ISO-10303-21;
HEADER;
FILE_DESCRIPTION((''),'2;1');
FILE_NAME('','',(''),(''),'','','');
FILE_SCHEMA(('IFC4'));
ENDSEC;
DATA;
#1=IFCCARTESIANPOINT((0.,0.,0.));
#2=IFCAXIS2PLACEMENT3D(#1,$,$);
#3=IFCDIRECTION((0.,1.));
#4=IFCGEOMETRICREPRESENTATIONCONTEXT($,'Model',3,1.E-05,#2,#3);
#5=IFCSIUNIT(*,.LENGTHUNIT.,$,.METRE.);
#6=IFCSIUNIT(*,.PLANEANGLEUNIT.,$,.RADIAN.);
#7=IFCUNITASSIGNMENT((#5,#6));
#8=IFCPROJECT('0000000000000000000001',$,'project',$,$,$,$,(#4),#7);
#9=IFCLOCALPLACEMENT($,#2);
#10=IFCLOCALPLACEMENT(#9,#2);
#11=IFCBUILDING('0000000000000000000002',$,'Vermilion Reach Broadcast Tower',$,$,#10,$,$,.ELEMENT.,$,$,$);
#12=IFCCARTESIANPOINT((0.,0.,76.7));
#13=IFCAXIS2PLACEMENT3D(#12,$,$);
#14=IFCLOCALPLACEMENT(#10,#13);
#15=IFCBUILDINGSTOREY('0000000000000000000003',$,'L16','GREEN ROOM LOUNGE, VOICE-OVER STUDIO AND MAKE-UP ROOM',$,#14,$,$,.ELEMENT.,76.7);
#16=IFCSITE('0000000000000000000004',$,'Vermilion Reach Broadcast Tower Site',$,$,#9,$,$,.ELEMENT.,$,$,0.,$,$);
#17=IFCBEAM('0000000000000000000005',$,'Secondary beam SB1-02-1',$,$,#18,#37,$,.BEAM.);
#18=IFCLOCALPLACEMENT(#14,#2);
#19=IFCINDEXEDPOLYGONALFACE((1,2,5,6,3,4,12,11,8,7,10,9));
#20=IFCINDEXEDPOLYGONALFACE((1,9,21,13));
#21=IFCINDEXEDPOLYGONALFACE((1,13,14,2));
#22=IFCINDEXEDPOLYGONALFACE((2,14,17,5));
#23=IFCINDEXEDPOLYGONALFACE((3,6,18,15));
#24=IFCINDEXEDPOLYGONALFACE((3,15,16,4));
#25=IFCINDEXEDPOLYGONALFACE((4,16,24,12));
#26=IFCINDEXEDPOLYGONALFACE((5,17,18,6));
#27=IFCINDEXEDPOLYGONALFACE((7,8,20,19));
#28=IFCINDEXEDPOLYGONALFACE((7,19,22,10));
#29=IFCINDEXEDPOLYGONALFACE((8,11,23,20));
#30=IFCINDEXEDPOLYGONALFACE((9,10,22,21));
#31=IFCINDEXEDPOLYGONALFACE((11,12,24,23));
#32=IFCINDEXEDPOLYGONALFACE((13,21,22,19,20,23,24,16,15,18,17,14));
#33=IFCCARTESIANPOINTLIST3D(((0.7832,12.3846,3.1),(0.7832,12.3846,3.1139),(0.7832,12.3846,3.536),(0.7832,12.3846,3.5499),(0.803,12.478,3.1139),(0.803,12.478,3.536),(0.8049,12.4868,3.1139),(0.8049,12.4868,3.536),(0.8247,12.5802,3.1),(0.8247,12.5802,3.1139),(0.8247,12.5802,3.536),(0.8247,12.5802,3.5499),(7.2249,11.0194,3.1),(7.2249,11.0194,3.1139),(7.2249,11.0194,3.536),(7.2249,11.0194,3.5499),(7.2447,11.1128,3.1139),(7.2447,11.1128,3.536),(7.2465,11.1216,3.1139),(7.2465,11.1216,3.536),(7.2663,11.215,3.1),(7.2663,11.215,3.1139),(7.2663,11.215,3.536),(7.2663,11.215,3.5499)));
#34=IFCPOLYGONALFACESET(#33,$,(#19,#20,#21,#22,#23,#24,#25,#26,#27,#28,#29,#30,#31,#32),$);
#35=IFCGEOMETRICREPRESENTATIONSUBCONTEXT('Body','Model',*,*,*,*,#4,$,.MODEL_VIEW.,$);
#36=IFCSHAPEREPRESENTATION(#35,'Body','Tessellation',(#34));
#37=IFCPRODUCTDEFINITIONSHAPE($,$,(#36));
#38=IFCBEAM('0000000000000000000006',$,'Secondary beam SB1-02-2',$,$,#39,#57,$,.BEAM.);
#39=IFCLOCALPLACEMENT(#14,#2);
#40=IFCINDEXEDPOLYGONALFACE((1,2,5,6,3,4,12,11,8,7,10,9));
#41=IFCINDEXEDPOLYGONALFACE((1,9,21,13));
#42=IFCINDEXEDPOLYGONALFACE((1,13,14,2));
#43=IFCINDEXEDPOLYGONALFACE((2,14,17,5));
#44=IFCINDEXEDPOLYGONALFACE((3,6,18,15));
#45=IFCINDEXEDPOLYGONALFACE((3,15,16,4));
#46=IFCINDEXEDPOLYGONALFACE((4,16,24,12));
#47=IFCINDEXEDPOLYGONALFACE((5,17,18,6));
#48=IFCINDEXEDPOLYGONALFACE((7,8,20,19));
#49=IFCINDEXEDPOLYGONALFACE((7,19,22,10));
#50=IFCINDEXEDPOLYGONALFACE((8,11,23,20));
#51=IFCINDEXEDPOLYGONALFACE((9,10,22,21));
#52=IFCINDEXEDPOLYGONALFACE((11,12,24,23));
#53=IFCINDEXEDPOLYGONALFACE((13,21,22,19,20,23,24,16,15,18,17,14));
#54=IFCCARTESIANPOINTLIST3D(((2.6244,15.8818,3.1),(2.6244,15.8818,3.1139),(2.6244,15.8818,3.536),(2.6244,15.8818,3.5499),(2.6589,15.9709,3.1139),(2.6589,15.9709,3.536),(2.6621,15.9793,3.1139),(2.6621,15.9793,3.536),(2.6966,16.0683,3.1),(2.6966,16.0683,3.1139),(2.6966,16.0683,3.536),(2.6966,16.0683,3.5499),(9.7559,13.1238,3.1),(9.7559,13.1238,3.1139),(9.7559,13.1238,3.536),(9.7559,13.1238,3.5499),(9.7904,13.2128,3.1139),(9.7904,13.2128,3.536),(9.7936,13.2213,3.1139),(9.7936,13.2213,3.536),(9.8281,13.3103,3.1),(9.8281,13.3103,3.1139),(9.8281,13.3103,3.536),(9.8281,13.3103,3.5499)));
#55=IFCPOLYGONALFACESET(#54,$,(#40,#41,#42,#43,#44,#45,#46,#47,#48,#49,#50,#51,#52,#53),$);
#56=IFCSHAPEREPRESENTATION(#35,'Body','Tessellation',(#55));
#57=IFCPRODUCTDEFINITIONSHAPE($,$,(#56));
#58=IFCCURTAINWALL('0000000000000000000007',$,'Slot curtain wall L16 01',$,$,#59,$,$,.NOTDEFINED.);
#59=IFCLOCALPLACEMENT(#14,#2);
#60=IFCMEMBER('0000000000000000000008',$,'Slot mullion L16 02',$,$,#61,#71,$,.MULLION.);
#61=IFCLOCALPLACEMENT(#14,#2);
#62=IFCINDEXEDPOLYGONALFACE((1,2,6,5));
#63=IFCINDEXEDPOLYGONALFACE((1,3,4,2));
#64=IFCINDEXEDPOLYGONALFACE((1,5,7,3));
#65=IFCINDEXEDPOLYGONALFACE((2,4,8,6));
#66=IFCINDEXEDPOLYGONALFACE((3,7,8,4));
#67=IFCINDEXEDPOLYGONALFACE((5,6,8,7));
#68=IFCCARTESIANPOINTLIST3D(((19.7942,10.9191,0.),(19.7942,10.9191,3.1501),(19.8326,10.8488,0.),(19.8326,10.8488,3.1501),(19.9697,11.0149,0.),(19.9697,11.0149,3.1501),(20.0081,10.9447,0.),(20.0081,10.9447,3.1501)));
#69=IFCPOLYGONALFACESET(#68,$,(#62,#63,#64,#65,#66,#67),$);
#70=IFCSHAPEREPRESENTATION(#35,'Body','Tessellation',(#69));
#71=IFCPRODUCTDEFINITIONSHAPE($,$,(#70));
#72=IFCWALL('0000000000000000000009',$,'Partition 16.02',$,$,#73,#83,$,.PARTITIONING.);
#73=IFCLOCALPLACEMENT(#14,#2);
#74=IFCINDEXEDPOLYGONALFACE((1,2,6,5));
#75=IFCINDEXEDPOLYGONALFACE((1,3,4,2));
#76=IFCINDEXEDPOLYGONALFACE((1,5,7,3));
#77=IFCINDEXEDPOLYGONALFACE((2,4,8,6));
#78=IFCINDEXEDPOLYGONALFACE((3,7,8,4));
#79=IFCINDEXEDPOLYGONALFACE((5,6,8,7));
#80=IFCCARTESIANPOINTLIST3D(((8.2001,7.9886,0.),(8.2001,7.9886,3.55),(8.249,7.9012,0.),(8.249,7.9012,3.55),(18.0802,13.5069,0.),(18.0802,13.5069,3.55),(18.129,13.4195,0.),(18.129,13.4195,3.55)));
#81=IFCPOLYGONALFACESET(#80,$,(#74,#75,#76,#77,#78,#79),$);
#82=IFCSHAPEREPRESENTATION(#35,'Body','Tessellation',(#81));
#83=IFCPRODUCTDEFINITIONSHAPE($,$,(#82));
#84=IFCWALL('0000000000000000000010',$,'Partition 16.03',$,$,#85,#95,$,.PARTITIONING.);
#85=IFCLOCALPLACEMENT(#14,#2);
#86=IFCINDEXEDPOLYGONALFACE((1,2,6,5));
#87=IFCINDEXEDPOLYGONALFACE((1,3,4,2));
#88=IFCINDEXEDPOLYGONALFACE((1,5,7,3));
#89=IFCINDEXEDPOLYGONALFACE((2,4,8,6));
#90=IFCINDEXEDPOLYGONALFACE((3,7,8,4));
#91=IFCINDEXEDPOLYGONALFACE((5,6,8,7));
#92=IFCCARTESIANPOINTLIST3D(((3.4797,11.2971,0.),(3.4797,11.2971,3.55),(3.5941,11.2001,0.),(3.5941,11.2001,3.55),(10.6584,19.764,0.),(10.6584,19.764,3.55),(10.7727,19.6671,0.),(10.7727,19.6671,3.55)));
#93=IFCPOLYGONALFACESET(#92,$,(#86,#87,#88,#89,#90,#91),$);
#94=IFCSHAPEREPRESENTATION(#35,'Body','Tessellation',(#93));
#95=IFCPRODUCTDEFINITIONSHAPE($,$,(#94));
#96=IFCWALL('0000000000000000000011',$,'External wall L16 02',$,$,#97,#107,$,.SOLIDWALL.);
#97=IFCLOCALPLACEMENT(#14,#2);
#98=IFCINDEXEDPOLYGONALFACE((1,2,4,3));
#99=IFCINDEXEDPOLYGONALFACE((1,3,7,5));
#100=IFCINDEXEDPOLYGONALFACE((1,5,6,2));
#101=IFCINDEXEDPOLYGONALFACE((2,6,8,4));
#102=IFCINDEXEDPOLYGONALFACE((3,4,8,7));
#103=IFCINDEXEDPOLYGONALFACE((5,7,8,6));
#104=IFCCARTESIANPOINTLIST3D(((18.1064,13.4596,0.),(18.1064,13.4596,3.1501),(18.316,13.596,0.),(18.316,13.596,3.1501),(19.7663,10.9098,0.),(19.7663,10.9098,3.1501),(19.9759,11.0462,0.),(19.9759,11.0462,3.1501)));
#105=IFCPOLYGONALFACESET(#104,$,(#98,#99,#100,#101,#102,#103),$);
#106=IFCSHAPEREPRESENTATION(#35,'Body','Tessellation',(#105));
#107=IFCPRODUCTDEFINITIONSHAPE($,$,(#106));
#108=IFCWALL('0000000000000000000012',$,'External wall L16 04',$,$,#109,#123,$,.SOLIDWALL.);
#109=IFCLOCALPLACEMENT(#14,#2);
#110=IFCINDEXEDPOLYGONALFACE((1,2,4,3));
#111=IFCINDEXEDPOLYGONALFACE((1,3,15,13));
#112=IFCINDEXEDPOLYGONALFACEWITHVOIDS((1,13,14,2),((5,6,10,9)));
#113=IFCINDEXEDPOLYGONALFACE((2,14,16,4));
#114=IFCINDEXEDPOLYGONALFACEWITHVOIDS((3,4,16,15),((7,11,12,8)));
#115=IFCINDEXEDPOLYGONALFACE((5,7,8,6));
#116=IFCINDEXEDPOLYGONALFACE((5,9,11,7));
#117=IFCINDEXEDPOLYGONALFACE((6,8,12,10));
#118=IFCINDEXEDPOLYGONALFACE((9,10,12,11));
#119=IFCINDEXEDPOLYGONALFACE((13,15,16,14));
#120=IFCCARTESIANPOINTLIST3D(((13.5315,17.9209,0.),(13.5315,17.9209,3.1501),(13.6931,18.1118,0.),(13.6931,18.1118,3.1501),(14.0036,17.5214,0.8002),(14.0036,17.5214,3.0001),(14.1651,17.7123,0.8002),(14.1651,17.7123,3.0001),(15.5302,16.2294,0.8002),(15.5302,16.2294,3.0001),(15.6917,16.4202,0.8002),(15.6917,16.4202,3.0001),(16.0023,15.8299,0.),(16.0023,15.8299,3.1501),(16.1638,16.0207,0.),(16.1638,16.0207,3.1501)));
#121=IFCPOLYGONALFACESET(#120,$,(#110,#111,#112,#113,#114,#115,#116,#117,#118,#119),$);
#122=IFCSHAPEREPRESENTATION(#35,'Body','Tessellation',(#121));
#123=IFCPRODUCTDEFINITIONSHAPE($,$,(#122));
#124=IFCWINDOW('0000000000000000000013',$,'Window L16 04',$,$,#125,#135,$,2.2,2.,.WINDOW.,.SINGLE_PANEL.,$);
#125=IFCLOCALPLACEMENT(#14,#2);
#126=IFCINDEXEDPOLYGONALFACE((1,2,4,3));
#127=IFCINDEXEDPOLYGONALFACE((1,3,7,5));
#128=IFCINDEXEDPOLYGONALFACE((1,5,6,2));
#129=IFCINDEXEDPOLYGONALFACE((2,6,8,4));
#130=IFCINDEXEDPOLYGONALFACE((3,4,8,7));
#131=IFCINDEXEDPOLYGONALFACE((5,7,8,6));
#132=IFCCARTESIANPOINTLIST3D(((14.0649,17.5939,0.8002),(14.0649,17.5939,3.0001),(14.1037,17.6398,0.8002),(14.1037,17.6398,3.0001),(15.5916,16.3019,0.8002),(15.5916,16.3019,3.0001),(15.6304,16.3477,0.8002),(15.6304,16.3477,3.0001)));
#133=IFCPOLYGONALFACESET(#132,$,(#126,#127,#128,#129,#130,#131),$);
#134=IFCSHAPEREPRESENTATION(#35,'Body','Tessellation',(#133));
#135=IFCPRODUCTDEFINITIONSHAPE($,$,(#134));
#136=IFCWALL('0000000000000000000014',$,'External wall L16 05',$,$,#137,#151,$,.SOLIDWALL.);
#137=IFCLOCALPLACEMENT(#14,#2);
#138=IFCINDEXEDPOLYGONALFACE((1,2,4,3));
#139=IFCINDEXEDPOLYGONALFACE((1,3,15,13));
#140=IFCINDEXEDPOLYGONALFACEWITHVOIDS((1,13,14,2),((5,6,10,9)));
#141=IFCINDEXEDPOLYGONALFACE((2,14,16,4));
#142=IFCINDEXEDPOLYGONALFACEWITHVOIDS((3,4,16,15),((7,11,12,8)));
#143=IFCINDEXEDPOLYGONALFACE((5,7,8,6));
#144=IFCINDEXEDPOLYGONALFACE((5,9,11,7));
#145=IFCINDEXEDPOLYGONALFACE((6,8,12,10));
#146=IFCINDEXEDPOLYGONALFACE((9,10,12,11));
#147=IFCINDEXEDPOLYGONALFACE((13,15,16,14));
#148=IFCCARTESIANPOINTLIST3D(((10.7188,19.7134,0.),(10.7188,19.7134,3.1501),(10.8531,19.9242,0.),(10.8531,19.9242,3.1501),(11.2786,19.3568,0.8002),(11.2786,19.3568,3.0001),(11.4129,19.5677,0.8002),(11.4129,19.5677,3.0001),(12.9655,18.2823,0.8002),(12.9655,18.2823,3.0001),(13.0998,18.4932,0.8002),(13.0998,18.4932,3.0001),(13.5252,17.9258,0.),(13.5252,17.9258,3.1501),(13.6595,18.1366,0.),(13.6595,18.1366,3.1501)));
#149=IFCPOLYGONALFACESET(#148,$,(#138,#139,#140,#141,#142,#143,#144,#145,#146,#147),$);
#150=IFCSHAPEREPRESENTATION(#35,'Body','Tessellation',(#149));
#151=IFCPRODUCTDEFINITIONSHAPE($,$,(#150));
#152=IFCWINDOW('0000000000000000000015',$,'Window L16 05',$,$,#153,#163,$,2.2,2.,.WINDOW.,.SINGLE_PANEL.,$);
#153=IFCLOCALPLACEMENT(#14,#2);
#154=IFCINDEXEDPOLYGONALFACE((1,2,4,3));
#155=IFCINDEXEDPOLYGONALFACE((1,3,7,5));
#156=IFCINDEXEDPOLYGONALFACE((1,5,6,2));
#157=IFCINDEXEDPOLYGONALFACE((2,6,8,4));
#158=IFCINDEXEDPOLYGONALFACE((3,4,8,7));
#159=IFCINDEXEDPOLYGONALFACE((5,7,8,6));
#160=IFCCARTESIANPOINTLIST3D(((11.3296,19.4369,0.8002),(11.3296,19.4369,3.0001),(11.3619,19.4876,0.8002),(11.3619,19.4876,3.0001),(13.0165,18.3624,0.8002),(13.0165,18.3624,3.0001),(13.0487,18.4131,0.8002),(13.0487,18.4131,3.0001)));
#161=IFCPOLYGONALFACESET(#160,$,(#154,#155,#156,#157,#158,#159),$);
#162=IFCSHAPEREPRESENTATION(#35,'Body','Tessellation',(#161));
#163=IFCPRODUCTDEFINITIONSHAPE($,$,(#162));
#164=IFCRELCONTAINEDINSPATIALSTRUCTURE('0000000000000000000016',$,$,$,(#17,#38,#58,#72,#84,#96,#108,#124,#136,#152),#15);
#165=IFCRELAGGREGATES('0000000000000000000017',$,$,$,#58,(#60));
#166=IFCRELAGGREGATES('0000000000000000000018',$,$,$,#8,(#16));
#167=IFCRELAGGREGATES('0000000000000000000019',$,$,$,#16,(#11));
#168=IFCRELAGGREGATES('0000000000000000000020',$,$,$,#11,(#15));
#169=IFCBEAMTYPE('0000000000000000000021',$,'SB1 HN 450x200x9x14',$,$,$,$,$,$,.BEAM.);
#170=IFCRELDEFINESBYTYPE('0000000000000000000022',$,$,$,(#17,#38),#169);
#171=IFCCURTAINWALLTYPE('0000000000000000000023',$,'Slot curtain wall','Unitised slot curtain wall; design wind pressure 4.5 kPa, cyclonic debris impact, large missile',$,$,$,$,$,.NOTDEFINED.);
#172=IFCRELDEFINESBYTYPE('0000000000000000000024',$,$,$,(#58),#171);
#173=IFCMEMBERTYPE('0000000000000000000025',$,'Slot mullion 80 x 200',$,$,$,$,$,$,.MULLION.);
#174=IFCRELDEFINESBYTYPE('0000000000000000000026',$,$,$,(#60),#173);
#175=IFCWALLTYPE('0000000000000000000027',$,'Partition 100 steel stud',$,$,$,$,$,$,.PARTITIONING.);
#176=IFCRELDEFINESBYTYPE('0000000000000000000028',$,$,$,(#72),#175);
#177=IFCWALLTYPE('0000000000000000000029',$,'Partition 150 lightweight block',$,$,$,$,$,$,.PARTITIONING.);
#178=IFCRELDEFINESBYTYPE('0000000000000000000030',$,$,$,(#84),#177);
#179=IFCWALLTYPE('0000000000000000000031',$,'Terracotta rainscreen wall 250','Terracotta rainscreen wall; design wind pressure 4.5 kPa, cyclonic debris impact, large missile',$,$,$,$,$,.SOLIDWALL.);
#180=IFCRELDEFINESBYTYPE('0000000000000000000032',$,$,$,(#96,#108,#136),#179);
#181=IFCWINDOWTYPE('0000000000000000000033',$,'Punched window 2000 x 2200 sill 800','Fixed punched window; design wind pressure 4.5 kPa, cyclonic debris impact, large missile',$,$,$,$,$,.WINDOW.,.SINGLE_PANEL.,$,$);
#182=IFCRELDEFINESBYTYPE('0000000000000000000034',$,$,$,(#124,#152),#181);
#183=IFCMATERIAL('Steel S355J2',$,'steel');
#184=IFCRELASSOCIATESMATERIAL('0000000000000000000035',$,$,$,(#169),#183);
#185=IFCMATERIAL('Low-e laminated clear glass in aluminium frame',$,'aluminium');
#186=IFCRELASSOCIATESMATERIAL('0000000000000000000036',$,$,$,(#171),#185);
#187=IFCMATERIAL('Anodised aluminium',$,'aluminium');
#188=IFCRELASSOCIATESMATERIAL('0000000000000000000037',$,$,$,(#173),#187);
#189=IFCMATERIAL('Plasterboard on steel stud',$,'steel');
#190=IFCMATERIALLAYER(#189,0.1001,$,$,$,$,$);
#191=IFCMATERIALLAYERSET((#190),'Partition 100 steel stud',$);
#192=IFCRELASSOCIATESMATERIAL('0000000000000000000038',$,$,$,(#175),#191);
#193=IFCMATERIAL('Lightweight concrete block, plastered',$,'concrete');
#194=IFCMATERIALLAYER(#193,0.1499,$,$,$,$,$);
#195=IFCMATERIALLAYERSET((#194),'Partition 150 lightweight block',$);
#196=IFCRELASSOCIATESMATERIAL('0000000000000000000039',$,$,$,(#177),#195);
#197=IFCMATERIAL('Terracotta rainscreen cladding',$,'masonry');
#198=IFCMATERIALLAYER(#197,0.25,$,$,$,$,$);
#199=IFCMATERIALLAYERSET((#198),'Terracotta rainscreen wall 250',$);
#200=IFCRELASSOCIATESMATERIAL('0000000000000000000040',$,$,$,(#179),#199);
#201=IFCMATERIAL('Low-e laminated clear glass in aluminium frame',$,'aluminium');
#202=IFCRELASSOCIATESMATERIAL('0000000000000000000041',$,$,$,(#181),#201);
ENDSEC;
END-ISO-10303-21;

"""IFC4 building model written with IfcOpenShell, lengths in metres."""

from ifc_helpers import new_model, si_unit, direction, frame, frame_2d, origin, origin_2d, place, context, subcontext, project, spatial, rectangle, i_section, extrude, material, layer, layer_set, material_profile, profile_set, type_object, element, fill, aggregate, save


model = new_model("IFC4")

# Units and contexts
model_context = context("Model", 3, precision=1e-05, world=origin(), true_north=direction((0.0, 1.0)))
body_context = subcontext(model_context, "Body", "Model", "MODEL_VIEW")
ifc_project = project(units=[si_unit("LENGTHUNIT", "METRE"), si_unit("PLANEANGLEUNIT", "RADIAN")], contexts=[model_context])

# Site, building, storey
site_placement = place(None, origin())
site = spatial("IfcSite", under=ifc_project, at=site_placement, Name="Vermilion Reach Broadcast Tower Site", CompositionType="ELEMENT", RefElevation=0.0)
building_placement = place(site_placement, origin())
building = spatial("IfcBuilding", under=site, at=building_placement, Name="Vermilion Reach Broadcast Tower", CompositionType="ELEMENT")
storey_placement = place(building_placement, frame((0.0, 0.0, 76.7)))
storey = spatial("IfcBuildingStorey", under=building, at=storey_placement, Name="L16", Description="GREEN ROOM LOUNGE, VOICE-OVER STUDIO AND MAKE-UP ROOM", CompositionType="ELEMENT", Elevation=76.7)

# Beams
ifc_material_1 = material(Name="Steel S355J2", Category="steel")
ifc_material_profile_1 = material_profile(ifc_material_1, i_section(OverallWidth=0.2, OverallDepth=0.45, WebThickness=0.009, FlangeThickness=0.0139, at=origin_2d()), Name="S355J2 HN 450x200x9x14")
ifc_profile_set_1 = profile_set([ifc_material_profile_1], Name="Steel S355J2")
beam_type_1 = type_object("IfcBeamType", Name="SB1 HN 450x200x9x14", PredefinedType="BEAM", material=ifc_profile_set_1)
beam_1_placement = place(storey_placement, frame((7.2456, 11.1172, 3.325), z_axis=(-0.97827, 0.207333, 0.0), x_axis=(-0.207333, -0.97827, 0.0)))
element("IfcBeam", 1, at=beam_1_placement, inside=storey, type_object=beam_type_1, Name="Secondary beam SB1-02-1", PredefinedType="BEAM", context=body_context, shape_type="SweptSolid", body=[
    extrude(i_section(OverallWidth=0.2, OverallDepth=0.45, WebThickness=0.009, FlangeThickness=0.0139, at=origin_2d()), origin(), (0.0, 0.0, 1.0), 6.5847),
])
beam_2_placement = place(storey_placement, frame((9.792, 13.217, 3.325), z_axis=(-0.932681, 0.360703, 0.0), x_axis=(-0.360703, -0.932681, 0.0)))
element("IfcBeam", 2, at=beam_2_placement, inside=storey, type_object=beam_type_1, Name="Secondary beam SB1-02-2", PredefinedType="BEAM", context=body_context, shape_type="SweptSolid", body=[
    extrude(i_section(OverallWidth=0.2, OverallDepth=0.45, WebThickness=0.009, FlangeThickness=0.0139, at=origin_2d()), origin(), (0.0, 0.0, 1.0), 7.6462),
])

# Curtain wall, member
ifc_material_2 = material(Name="Low-e laminated clear glass in aluminium frame", Category="aluminium")
curtain_wall_type = type_object("IfcCurtainWallType", Name="Slot curtain wall", Description="Unitised slot curtain wall; design wind pressure 4.5 kPa, cyclonic debris impact, large missile", PredefinedType="NOTDEFINED", material=ifc_material_2)
curtain_wall_placement = place(storey_placement, origin())
curtain_wall = element("IfcCurtainWall", 3, at=curtain_wall_placement, inside=storey, type_object=curtain_wall_type, Name="Slot curtain wall L16 01", PredefinedType="NOTDEFINED")
ifc_material_3 = material(Name="Anodised aluminium", Category="aluminium")
ifc_material_profile_2 = material_profile(ifc_material_3, rectangle(XDim=0.2, YDim=0.0801, at=origin_2d()), Name="Slot mullion 80 x 200")
ifc_profile_set_2 = profile_set([ifc_material_profile_2], Name="Anodised aluminium")
member_type = type_object("IfcMemberType", Name="Slot mullion 80 x 200", PredefinedType="MULLION", material=ifc_profile_set_2)
member_placement = place(storey_placement, frame((19.9011, 10.9319, 0.0), z_axis=(0.0, 0.0, 1.0), x_axis=(-0.877704, -0.479204, 0.0)))
member = element("IfcMember", 4, at=member_placement, type_object=member_type, Name="Slot mullion L16 02", PredefinedType="MULLION", context=body_context, shape_type="SweptSolid", body=[
    extrude(rectangle(XDim=0.2, YDim=0.0801, at=origin_2d()), origin(), (0.0, 0.0, 1.0), 3.1501),
])
aggregate(curtain_wall, [member])

# Walls
ifc_material_4 = material(Name="Plasterboard on steel stud", Category="steel")
ifc_layer_1 = layer(ifc_material_4, 0.1001)
ifc_layer_set_1 = layer_set([ifc_layer_1], Name="Partition 100 steel stud")
wall_type_1 = type_object("IfcWallType", Name="Partition 100 steel stud", PredefinedType="PARTITIONING", material=ifc_layer_set_1)
wall_1_placement = place(storey_placement, frame((18.1045, 13.4631, 0.0), z_axis=(0.0, 0.0, 1.0), x_axis=(-0.873054, -0.487624, 0.0)))
element("IfcWall", 5, at=wall_1_placement, inside=storey, type_object=wall_type_1, Name="Partition 16.02", PredefinedType="PARTITIONING", context=body_context, shape_type="SweptSolid", body=[
    extrude(rectangle(XDim=11.3167, YDim=0.1001, at=frame_2d((5.6582, 0.0))), origin(), (0.0, 0.0, 1.0), 3.55),
])
ifc_material_5 = material(Name="Lightweight concrete block, plastered", Category="concrete")
ifc_layer_2 = layer(ifc_material_5, 0.1499)
ifc_layer_set_2 = layer_set([ifc_layer_2], Name="Partition 150 lightweight block")
wall_type_2 = type_object("IfcWallType", Name="Partition 150 lightweight block", PredefinedType="PARTITIONING", material=ifc_layer_set_2)
wall_2_placement = place(storey_placement, frame((10.7156, 19.7156, 0.0), z_axis=(0.0, 0.0, 1.0), x_axis=(-0.646692, -0.762751, 0.0)))
element("IfcWall", 6, at=wall_2_placement, inside=storey, type_object=wall_type_2, Name="Partition 16.03", PredefinedType="PARTITIONING", context=body_context, shape_type="SweptSolid", body=[
    extrude(rectangle(XDim=11.1006, YDim=0.1499, at=frame_2d((5.5503, 0.0))), origin(), (0.0, 0.0, 1.0), 3.55),
])
ifc_material_6 = material(Name="Terracotta rainscreen cladding", Category="masonry")
ifc_layer_3 = layer(ifc_material_6, 0.25)
ifc_layer_set_3 = layer_set([ifc_layer_3], Name="Terracotta rainscreen wall 250")
wall_type_3 = type_object("IfcWallType", Name="Terracotta rainscreen wall 250", Description="Terracotta rainscreen wall; design wind pressure 4.5 kPa, cyclonic debris impact, large missile", PredefinedType="SOLIDWALL", material=ifc_layer_set_3)
wall_3_placement = place(storey_placement, frame((19.8711, 10.978, 0.0), z_axis=(0.0, 0.0, 1.0), x_axis=(-0.545575, 0.838062, 0.0)))
element("IfcWall", 7, at=wall_3_placement, inside=storey, type_object=wall_type_3, Name="External wall L16 02", PredefinedType="SOLIDWALL", context=body_context, shape_type="SweptSolid", body=[
    extrude(rectangle(XDim=3.0425, YDim=0.25, at=frame_2d((1.5212, 0.0))), origin(), (0.0, 0.0, 1.0), 3.1501),
])

# Walls, openings, windows
wall_4_placement = place(storey_placement, frame((16.083, 15.9253, 0.0), z_axis=(0.0, 0.0, 1.0), x_axis=(-0.763315, 0.646027, 0.0)))
wall_4 = element("IfcWall", 8, at=wall_4_placement, inside=storey, type_object=wall_type_3, Name="External wall L16 04", PredefinedType="SOLIDWALL", context=body_context, shape_type="SweptSolid", body=[
    extrude(rectangle(XDim=3.2368, YDim=0.25, at=frame_2d((1.6184, 0.0))), origin(), (0.0, 0.0, 1.0), 3.1501),
])
opening_1_placement = place(wall_4_placement, frame((0.6184, 0.0, 0.8)))
opening_1 = element("IfcOpeningElement", 9, at=opening_1_placement, cuts=wall_4, PredefinedType="OPENING", context=body_context, shape_type="SweptSolid", body=[
    extrude(rectangle(XDim=2.0, YDim=2.2, at=frame_2d((1.0, 1.1001))), frame((0.0, 0.135, 0.0), z_axis=(0.0, -1.0, 0.0), x_axis=(1.0, 0.0, 0.0)), (0.0, 0.0, 1.0), 0.27),
])
ifc_material_7 = material(Name="Low-e laminated clear glass in aluminium frame", Category="aluminium")
window_type = type_object("IfcWindowType", Name="Punched window 2000 x 2200 sill 800", Description="Fixed punched window; design wind pressure 4.5 kPa, cyclonic debris impact, large missile", PartitioningType="SINGLE_PANEL", PredefinedType="WINDOW", material=ifc_material_7)
window_1_placement = place(opening_1_placement, origin())
window_1 = element("IfcWindow", 10, at=window_1_placement, inside=storey, type_object=window_type, Name="Window L16 04", OverallHeight=2.2, OverallWidth=2.0, PartitioningType="SINGLE_PANEL", PredefinedType="WINDOW", context=body_context, shape_type="SweptSolid", body=[
    extrude(rectangle(XDim=2.0, YDim=2.2, at=frame_2d((1.0, 1.1001))), frame((0.0, 0.03, 0.0), z_axis=(0.0, -1.0, 0.0), x_axis=(1.0, 0.0, 0.0)), (0.0, 0.0, 1.0), 0.0601),
])
fill(opening_1, window_1)
wall_5_placement = place(storey_placement, frame((13.5923, 18.0312, 0.0), z_axis=(0.0, 0.0, 1.0), x_axis=(-0.843429, 0.537241, 0.0)))
wall_5 = element("IfcWall", 11, at=wall_5_placement, inside=storey, type_object=wall_type_3, Name="External wall L16 05", PredefinedType="SOLIDWALL", context=body_context, shape_type="SweptSolid", body=[
    extrude(rectangle(XDim=3.3274, YDim=0.25, at=frame_2d((1.6636, 0.0))), origin(), (0.0, 0.0, 1.0), 3.1501),
])
opening_2_placement = place(wall_5_placement, frame((0.6636, 0.0, 0.8)))
opening_2 = element("IfcOpeningElement", 12, at=opening_2_placement, cuts=wall_5, PredefinedType="OPENING", context=body_context, shape_type="SweptSolid", body=[
    extrude(rectangle(XDim=2.0, YDim=2.2, at=frame_2d((1.0, 1.1001))), frame((0.0, 0.135, 0.0), z_axis=(0.0, -1.0, 0.0), x_axis=(1.0, 0.0, 0.0)), (0.0, 0.0, 1.0), 0.27),
])
window_2_placement = place(opening_2_placement, origin())
window_2 = element("IfcWindow", 13, at=window_2_placement, inside=storey, type_object=window_type, Name="Window L16 05", OverallHeight=2.2, OverallWidth=2.0, PartitioningType="SINGLE_PANEL", PredefinedType="WINDOW", context=body_context, shape_type="SweptSolid", body=[
    extrude(rectangle(XDim=2.0, YDim=2.2, at=frame_2d((1.0, 1.1001))), frame((0.0, 0.03, 0.0), z_axis=(0.0, -1.0, 0.0), x_axis=(1.0, 0.0, 0.0)), (0.0, 0.0, 1.0), 0.0601),
])
fill(opening_2, window_2)

save(model, "model.ifc")
